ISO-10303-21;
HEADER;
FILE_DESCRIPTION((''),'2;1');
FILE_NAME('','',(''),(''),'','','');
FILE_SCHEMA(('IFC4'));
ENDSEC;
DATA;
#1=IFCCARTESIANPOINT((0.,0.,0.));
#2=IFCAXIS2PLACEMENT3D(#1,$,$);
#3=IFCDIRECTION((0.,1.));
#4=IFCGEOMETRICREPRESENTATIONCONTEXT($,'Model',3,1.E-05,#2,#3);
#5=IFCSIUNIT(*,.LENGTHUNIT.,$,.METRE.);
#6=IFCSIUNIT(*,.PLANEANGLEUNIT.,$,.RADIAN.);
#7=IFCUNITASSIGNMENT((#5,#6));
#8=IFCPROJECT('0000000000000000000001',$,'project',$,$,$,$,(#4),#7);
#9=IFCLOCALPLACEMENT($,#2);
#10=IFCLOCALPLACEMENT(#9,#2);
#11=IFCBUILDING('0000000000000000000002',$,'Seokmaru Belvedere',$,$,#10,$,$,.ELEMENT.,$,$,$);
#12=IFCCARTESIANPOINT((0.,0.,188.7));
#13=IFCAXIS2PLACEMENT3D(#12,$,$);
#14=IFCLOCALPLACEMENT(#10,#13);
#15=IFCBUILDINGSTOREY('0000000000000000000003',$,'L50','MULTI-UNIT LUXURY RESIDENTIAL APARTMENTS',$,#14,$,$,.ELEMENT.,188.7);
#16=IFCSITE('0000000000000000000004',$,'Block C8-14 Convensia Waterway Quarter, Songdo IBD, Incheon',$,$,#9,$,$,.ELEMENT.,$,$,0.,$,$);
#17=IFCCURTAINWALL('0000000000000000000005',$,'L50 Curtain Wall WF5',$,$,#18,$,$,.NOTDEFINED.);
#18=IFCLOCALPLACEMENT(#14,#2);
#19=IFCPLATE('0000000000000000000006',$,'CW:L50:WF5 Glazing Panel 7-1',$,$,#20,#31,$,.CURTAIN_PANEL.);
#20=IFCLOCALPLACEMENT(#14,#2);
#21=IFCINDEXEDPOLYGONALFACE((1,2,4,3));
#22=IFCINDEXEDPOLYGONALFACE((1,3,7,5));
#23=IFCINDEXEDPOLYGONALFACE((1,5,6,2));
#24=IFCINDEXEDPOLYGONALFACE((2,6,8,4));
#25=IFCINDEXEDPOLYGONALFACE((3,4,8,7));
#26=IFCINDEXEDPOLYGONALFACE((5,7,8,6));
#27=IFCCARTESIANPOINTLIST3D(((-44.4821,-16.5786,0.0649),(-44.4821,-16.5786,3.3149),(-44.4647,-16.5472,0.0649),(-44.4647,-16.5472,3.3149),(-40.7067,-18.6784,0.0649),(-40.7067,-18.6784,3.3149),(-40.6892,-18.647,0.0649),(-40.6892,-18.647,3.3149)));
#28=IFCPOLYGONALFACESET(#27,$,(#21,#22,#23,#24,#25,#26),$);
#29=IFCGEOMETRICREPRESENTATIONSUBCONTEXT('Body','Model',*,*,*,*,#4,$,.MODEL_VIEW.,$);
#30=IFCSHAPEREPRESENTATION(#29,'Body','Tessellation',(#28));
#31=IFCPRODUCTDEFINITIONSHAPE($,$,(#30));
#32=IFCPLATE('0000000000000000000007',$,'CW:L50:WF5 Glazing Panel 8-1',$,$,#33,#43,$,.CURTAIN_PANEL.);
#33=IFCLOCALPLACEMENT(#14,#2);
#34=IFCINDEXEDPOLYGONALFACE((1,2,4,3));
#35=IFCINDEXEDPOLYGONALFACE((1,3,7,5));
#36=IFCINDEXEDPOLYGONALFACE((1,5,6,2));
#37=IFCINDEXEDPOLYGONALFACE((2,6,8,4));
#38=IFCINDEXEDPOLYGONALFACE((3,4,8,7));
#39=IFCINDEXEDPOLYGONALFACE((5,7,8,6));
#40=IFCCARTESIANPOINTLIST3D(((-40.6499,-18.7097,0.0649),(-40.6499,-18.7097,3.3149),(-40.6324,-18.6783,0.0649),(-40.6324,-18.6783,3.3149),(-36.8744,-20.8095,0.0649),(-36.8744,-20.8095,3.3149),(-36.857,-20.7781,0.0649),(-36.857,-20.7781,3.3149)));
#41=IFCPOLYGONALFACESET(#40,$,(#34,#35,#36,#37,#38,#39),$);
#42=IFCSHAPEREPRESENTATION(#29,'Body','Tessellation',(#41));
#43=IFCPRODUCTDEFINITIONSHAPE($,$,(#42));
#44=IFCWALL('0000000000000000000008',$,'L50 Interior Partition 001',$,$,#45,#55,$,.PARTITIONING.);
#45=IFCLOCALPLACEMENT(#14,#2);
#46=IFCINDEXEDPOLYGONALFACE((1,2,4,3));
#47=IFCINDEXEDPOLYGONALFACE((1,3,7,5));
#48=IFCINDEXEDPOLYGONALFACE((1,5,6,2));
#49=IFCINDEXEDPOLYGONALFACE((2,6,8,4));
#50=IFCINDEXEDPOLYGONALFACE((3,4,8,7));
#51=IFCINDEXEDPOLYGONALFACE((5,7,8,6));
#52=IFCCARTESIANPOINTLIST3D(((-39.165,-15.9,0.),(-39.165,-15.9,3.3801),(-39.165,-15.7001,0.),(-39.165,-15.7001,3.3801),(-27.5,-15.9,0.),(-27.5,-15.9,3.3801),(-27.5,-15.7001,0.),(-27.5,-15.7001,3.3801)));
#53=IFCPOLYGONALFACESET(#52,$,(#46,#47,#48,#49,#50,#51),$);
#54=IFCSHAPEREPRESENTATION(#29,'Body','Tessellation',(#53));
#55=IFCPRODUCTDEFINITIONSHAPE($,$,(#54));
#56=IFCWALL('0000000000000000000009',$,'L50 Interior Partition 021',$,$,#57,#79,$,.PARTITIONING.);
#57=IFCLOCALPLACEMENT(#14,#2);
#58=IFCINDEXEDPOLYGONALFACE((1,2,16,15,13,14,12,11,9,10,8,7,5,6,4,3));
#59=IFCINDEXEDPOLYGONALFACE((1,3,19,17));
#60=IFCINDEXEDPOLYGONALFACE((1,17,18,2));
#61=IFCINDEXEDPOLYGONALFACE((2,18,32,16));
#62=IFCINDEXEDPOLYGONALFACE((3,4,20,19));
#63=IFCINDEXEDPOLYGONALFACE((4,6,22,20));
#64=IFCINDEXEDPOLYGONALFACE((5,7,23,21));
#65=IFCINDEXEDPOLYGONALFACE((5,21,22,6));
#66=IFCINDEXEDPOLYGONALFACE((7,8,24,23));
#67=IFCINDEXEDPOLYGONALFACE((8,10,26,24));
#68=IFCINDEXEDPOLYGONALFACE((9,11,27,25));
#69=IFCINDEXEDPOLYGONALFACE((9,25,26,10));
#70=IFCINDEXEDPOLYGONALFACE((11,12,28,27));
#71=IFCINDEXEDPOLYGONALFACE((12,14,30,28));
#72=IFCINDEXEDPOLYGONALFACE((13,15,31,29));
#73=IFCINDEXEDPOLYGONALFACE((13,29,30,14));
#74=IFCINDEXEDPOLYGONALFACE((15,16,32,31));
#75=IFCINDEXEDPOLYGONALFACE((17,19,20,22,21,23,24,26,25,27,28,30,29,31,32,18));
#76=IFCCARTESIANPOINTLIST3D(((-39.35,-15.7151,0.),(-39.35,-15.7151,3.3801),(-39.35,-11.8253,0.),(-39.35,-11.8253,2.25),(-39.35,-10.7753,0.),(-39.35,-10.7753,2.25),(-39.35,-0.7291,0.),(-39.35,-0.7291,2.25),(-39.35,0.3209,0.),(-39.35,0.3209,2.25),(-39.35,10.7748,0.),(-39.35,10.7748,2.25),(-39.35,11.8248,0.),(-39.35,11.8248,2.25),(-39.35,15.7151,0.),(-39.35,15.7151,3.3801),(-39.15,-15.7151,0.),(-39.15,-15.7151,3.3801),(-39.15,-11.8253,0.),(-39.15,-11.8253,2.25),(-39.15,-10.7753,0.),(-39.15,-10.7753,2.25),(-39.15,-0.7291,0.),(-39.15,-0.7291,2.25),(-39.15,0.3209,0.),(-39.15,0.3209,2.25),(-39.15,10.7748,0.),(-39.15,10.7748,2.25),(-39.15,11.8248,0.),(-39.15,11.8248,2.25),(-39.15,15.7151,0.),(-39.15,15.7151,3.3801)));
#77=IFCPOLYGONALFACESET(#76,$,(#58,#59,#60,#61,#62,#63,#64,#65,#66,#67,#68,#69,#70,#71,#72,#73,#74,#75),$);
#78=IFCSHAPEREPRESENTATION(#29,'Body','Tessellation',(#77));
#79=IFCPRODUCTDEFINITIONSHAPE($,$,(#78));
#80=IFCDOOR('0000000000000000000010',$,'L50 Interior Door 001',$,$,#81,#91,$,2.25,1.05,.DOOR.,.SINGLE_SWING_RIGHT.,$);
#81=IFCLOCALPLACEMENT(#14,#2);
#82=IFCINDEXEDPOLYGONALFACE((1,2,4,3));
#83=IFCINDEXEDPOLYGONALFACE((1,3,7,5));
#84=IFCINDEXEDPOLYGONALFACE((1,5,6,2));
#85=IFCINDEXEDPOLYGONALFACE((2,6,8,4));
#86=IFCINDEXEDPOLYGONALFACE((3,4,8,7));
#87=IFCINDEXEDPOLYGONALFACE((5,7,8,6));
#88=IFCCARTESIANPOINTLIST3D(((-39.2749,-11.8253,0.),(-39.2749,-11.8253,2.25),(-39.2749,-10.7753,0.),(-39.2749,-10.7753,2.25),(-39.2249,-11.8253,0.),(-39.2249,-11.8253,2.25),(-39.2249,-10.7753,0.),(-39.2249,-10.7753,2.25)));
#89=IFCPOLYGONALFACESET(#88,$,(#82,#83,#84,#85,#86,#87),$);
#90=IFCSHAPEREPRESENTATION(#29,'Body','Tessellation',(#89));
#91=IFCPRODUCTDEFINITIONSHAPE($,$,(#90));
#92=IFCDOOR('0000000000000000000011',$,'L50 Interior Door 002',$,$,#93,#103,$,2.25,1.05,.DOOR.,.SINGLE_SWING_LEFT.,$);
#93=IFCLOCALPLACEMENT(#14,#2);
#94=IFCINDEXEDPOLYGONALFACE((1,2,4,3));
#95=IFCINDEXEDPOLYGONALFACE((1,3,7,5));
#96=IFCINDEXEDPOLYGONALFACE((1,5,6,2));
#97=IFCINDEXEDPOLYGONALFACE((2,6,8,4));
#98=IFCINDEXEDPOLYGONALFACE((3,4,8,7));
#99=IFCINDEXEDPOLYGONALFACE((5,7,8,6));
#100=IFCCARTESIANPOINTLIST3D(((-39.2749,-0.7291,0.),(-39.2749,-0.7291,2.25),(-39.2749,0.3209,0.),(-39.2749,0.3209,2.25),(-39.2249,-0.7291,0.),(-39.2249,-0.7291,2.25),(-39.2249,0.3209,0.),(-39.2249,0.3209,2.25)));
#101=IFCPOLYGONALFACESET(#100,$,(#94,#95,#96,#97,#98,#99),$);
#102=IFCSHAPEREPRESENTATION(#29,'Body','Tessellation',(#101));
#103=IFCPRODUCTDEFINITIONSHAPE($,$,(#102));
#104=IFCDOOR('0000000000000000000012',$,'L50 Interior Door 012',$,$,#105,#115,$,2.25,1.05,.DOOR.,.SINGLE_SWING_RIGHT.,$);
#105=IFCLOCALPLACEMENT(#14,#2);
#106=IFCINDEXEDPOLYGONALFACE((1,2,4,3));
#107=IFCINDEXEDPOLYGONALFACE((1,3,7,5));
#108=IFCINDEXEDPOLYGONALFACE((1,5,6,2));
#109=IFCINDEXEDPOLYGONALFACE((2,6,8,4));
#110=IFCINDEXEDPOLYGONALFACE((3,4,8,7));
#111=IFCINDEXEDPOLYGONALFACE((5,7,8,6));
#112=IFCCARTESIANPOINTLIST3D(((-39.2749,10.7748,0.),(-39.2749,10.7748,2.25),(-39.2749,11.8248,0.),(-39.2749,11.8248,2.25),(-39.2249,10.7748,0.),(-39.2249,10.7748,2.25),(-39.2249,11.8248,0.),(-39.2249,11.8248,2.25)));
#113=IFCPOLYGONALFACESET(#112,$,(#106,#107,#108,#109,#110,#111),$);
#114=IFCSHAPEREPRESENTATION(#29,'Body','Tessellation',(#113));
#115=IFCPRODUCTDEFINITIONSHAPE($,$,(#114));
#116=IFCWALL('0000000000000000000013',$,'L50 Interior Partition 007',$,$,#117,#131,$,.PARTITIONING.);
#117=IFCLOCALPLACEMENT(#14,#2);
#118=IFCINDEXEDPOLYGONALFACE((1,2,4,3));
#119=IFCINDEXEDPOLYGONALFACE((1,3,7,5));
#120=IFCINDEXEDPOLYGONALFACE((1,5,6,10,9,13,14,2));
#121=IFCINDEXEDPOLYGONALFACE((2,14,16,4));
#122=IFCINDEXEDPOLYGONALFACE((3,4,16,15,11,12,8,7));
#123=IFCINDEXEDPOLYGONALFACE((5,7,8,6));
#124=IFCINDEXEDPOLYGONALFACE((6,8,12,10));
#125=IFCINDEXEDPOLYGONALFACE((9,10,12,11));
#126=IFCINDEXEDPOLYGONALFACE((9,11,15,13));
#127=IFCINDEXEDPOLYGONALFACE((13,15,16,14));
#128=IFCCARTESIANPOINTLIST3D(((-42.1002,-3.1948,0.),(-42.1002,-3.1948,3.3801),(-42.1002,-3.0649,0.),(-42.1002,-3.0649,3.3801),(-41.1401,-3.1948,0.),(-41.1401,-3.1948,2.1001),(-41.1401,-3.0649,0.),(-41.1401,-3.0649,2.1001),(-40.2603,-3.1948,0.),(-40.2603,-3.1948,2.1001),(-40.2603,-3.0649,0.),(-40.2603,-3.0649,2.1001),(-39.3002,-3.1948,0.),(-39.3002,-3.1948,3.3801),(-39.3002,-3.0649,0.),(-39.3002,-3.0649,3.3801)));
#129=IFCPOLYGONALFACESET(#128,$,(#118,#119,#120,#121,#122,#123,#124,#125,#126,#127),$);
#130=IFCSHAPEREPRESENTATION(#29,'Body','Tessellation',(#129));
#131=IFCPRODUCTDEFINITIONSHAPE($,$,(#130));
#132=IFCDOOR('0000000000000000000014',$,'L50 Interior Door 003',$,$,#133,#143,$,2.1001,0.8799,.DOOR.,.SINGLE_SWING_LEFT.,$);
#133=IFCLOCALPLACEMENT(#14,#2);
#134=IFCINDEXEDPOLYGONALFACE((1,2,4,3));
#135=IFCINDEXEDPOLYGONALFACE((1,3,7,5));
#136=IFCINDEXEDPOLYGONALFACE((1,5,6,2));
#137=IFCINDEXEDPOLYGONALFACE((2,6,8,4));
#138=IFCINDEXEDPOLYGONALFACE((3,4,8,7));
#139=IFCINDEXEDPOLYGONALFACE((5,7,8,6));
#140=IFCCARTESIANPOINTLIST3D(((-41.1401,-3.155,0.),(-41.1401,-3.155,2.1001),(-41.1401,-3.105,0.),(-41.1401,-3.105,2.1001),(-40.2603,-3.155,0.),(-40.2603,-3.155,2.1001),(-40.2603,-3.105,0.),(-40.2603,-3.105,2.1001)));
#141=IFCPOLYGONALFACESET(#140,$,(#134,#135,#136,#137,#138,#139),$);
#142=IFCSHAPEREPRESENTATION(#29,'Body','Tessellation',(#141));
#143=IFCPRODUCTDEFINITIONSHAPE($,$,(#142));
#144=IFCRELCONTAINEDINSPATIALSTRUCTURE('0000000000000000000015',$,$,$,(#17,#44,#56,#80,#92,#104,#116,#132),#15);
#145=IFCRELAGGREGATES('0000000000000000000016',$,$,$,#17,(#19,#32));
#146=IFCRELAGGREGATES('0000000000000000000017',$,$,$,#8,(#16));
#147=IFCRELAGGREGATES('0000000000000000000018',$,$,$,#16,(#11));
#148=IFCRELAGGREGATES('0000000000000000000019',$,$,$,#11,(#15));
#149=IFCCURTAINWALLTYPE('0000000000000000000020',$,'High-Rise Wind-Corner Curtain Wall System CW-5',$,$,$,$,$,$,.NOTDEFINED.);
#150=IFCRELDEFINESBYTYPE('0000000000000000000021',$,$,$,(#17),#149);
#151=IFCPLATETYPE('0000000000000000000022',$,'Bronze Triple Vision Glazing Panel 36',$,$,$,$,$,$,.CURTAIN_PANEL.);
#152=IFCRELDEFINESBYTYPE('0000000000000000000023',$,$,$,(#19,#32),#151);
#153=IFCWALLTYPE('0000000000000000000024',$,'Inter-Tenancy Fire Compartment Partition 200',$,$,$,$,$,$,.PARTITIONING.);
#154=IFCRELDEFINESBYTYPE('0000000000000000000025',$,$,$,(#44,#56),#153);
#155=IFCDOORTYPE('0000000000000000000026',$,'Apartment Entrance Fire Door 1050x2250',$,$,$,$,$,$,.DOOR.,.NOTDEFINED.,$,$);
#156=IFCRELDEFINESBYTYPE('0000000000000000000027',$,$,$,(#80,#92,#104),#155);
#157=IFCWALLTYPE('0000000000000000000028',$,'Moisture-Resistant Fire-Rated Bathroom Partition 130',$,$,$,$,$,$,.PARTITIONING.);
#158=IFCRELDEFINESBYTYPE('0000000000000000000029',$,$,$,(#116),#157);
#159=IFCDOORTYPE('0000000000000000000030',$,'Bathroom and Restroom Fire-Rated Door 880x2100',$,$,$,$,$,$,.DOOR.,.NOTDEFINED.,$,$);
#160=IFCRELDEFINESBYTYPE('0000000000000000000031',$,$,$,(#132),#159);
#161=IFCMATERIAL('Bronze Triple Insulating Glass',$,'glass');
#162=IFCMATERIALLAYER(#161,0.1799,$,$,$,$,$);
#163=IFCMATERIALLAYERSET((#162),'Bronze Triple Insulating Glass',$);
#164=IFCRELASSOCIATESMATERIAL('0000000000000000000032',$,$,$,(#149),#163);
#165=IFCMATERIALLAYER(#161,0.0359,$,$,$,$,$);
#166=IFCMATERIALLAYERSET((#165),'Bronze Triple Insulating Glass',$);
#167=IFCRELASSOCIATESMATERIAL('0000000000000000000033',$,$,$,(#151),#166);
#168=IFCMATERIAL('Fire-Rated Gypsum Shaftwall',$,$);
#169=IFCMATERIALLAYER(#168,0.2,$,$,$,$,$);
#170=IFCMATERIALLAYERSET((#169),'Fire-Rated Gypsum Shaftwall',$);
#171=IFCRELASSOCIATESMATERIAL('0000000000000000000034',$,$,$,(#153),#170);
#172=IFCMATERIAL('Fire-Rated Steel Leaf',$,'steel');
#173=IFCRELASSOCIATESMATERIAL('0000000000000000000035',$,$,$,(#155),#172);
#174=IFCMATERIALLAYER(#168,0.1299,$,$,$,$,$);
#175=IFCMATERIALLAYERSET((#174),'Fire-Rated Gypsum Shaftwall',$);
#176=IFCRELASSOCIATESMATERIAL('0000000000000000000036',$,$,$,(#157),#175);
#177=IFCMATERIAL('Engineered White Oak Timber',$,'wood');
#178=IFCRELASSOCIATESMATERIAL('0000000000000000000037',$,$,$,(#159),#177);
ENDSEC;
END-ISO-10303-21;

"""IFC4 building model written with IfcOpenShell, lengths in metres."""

from ifc_helpers import new_model, si_unit, direction, frame, frame_2d, origin, origin_2d, place, context, subcontext, project, spatial, rectangle, extrude, source, transform, mapped, material, layer, layer_set, type_object, type_shapes, element, fill, aggregate, save


model = new_model("IFC4")

# Units and contexts
model_context = context("Model", 3, precision=1e-05, world=origin(), true_north=direction((0.0, 1.0)))
body_context = subcontext(model_context, "Body", "Model", "MODEL_VIEW")
ifc_project = project(units=[si_unit("LENGTHUNIT", "METRE"), si_unit("PLANEANGLEUNIT", "RADIAN")], contexts=[model_context])

# Site, building, storey
site_placement = place(None, origin())
site = spatial("IfcSite", under=ifc_project, at=site_placement, Name="Block C8-14 Convensia Waterway Quarter, Songdo IBD, Incheon", CompositionType="ELEMENT", RefElevation=0.0)
building_placement = place(site_placement, origin())
building = spatial("IfcBuilding", under=site, at=building_placement, Name="Seokmaru Belvedere", CompositionType="ELEMENT")
storey_placement = place(building_placement, frame((0.0, 0.0, 188.7)))
storey = spatial("IfcBuildingStorey", under=building, at=storey_placement, Name="L50", Description="MULTI-UNIT LUXURY RESIDENTIAL APARTMENTS", CompositionType="ELEMENT", Elevation=188.7)

# Curtain wall, plates
ifc_material_1 = material(Name="Bronze Triple Insulating Glass", Category="glass")
ifc_layer_1 = layer(ifc_material_1, 0.1799)
ifc_layer_set_1 = layer_set([ifc_layer_1], Name="Bronze Triple Insulating Glass")
curtain_wall_type = type_object("IfcCurtainWallType", Name="High-Rise Wind-Corner Curtain Wall System CW-5", PredefinedType="NOTDEFINED", material=ifc_layer_set_1)
curtain_wall_placement = place(storey_placement, origin())
curtain_wall = element("IfcCurtainWall", 1, at=curtain_wall_placement, inside=storey, type_object=curtain_wall_type, Name="L50 Curtain Wall WF5", PredefinedType="NOTDEFINED")
ifc_layer_2 = layer(ifc_material_1, 0.0359)
ifc_layer_set_2 = layer_set([ifc_layer_2], Name="Bronze Triple Insulating Glass")
plate_type = type_object("IfcPlateType", Name="Bronze Triple Vision Glazing Panel 36", PredefinedType="CURTAIN_PANEL", material=ifc_layer_set_2)
shared_shape_1 = source(origin(), body_context, "Body", "SweptSolid", [
    extrude(rectangle(XDim=4.3201, YDim=0.0359, at=origin_2d()), origin(), (0.0, 0.0, 1.0), 3.25),
])
type_shapes(plate_type, [shared_shape_1])
plate_1_placement = place(storey_placement, frame((-42.5857, -17.6128, 0.0649), z_axis=(0.0, 0.0, 1.0), x_axis=(0.873933, -0.486047, 0.0)))
plate_1 = element("IfcPlate", 2, at=plate_1_placement, type_object=plate_type, Name="CW:L50:WF5 Glazing Panel 7-1", PredefinedType="CURTAIN_PANEL", context=body_context, shape_type="MappedRepresentation", body=[
    mapped(shared_shape_1, transform((0.0, 0.0, 0.0), scale=1.0)),
])
plate_2_placement = place(storey_placement, frame((-38.7534, -19.7439, 0.0649), z_axis=(0.0, 0.0, 1.0), x_axis=(0.873933, -0.486047, 0.0)))
plate_2 = element("IfcPlate", 3, at=plate_2_placement, type_object=plate_type, Name="CW:L50:WF5 Glazing Panel 8-1", PredefinedType="CURTAIN_PANEL", context=body_context, shape_type="MappedRepresentation", body=[
    mapped(shared_shape_1, transform((0.0, 0.0, 0.0), scale=1.0)),
])
aggregate(curtain_wall, [plate_1, plate_2])

# Wall
ifc_material_2 = material(Name="Fire-Rated Gypsum Shaftwall")
ifc_layer_3 = layer(ifc_material_2, 0.2)
ifc_layer_set_3 = layer_set([ifc_layer_3], Name="Fire-Rated Gypsum Shaftwall")
wall_type_1 = type_object("IfcWallType", Name="Inter-Tenancy Fire Compartment Partition 200", PredefinedType="PARTITIONING", material=ifc_layer_set_3)
wall_1_placement = place(storey_placement, frame((-39.165, -15.8, 0.0), z_axis=(0.0, 0.0, 1.0), x_axis=(1.0, 0.0, 0.0)))
element("IfcWall", 4, at=wall_1_placement, inside=storey, type_object=wall_type_1, Name="L50 Interior Partition 001", PredefinedType="PARTITIONING", context=body_context, shape_type="SweptSolid", body=[
    extrude(rectangle(XDim=11.665, YDim=0.2, at=frame_2d((5.8325, 0.0))), origin(), (0.0, 0.0, 1.0), 3.3801),
])

# Wall, openings, doors
wall_2_placement = place(storey_placement, frame((-39.25, -15.7151, 0.0), z_axis=(0.0, 0.0, 1.0), x_axis=(0.0, 1.0, 0.0)))
wall_2 = element("IfcWall", 5, at=wall_2_placement, inside=storey, type_object=wall_type_1, Name="L50 Interior Partition 021", PredefinedType="PARTITIONING", context=body_context, shape_type="SweptSolid", body=[
    extrude(rectangle(XDim=31.4302, YDim=0.2, at=frame_2d((15.7151, 0.0))), origin(), (0.0, 0.0, 1.0), 3.3801),
])
opening_1_placement = place(wall_2_placement, frame((3.8899, 0.0, 0.0)))
opening_1 = element("IfcOpeningElement", 6, at=opening_1_placement, cuts=wall_2, PredefinedType="OPENING", context=body_context, shape_type="SweptSolid", body=[
    extrude(rectangle(XDim=1.05, YDim=2.25, at=frame_2d((0.5249, 1.125))), frame((0.0, 0.1099, 0.0), z_axis=(0.0, -1.0, 0.0), x_axis=(1.0, 0.0, 0.0)), (0.0, 0.0, 1.0), 0.22),
])
opening_2_placement = place(wall_2_placement, frame((14.9861, 0.0, 0.0)))
opening_2 = element("IfcOpeningElement", 7, at=opening_2_placement, cuts=wall_2, PredefinedType="OPENING", context=body_context, shape_type="SweptSolid", body=[
    extrude(rectangle(XDim=1.05, YDim=2.25, at=frame_2d((0.5249, 1.125))), frame((0.0, 0.1099, 0.0), z_axis=(0.0, -1.0, 0.0), x_axis=(1.0, 0.0, 0.0)), (0.0, 0.0, 1.0), 0.22),
])
opening_3_placement = place(wall_2_placement, frame((26.49, 0.0, 0.0)))
opening_3 = element("IfcOpeningElement", 8, at=opening_3_placement, cuts=wall_2, PredefinedType="OPENING", context=body_context, shape_type="SweptSolid", body=[
    extrude(rectangle(XDim=1.05, YDim=2.25, at=frame_2d((0.5249, 1.125))), frame((0.0, 0.1099, 0.0), z_axis=(0.0, -1.0, 0.0), x_axis=(1.0, 0.0, 0.0)), (0.0, 0.0, 1.0), 0.22),
])
ifc_material_3 = material(Name="Fire-Rated Steel Leaf", Category="steel")
door_type_1 = type_object("IfcDoorType", Name="Apartment Entrance Fire Door 1050x2250", OperationType="NOTDEFINED", PredefinedType="DOOR", material=ifc_material_3)
shared_shape_2 = source(origin(), body_context, "Body", "SweptSolid", [
    extrude(rectangle(XDim=1.05, YDim=2.25, at=frame_2d((0.5249, 1.125))), frame((0.0, 0.0249, 0.0), z_axis=(0.0, -1.0, 0.0), x_axis=(1.0, 0.0, 0.0)), (0.0, 0.0, 1.0), 0.05),
])
type_shapes(door_type_1, [shared_shape_2])
door_1_placement = place(opening_1_placement, origin())
door_1 = element("IfcDoor", 9, at=door_1_placement, inside=storey, type_object=door_type_1, Name="L50 Interior Door 001", OperationType="SINGLE_SWING_RIGHT", OverallHeight=2.25, OverallWidth=1.05, PredefinedType="DOOR", context=body_context, shape_type="MappedRepresentation", body=[
    mapped(shared_shape_2, transform((0.0, 0.0, 0.0), scale=1.0)),
])
fill(opening_1, door_1)
door_2_placement = place(opening_2_placement, origin())
door_2 = element("IfcDoor", 10, at=door_2_placement, inside=storey, type_object=door_type_1, Name="L50 Interior Door 002", OperationType="SINGLE_SWING_LEFT", OverallHeight=2.25, OverallWidth=1.05, PredefinedType="DOOR", context=body_context, shape_type="MappedRepresentation", body=[
    mapped(shared_shape_2, transform((0.0, 0.0, 0.0), scale=1.0)),
])
fill(opening_2, door_2)
door_3_placement = place(opening_3_placement, origin())
door_3 = element("IfcDoor", 11, at=door_3_placement, inside=storey, type_object=door_type_1, Name="L50 Interior Door 012", OperationType="SINGLE_SWING_RIGHT", OverallHeight=2.25, OverallWidth=1.05, PredefinedType="DOOR", context=body_context, shape_type="MappedRepresentation", body=[
    mapped(shared_shape_2, transform((0.0, 0.0, 0.0), scale=1.0)),
])
fill(opening_3, door_3)

# Wall, opening, door
ifc_layer_4 = layer(ifc_material_2, 0.1299)
ifc_layer_set_4 = layer_set([ifc_layer_4], Name="Fire-Rated Gypsum Shaftwall")
wall_type_2 = type_object("IfcWallType", Name="Moisture-Resistant Fire-Rated Bathroom Partition 130", PredefinedType="PARTITIONING", material=ifc_layer_set_4)
wall_3_placement = place(storey_placement, frame((-42.1001, -3.1299, 0.0), z_axis=(0.0, 0.0, 1.0), x_axis=(1.0, 0.0, 0.0)))
wall_3 = element("IfcWall", 12, at=wall_3_placement, inside=storey, type_object=wall_type_2, Name="L50 Interior Partition 007", PredefinedType="PARTITIONING", context=body_context, shape_type="SweptSolid", body=[
    extrude(rectangle(XDim=2.8, YDim=0.1299, at=frame_2d((1.3999, 0.0))), origin(), (0.0, 0.0, 1.0), 3.3801),
])
opening_4_placement = place(wall_3_placement, frame((0.96, 0.0, 0.0)))
opening_4 = element("IfcOpeningElement", 13, at=opening_4_placement, cuts=wall_3, PredefinedType="OPENING", context=body_context, shape_type="SweptSolid", body=[
    extrude(rectangle(XDim=0.8799, YDim=2.1001, at=frame_2d((0.4399, 1.05))), frame((0.0, 0.075, 0.0), z_axis=(0.0, -1.0, 0.0), x_axis=(1.0, 0.0, 0.0)), (0.0, 0.0, 1.0), 0.1499),
])
ifc_material_4 = material(Name="Engineered White Oak Timber", Category="wood")
door_type_2 = type_object("IfcDoorType", Name="Bathroom and Restroom Fire-Rated Door 880x2100", OperationType="NOTDEFINED", PredefinedType="DOOR", material=ifc_material_4)
shared_shape_3 = source(origin(), body_context, "Body", "SweptSolid", [
    extrude(rectangle(XDim=0.8799, YDim=2.1001, at=frame_2d((0.4399, 1.05))), frame((0.0, 0.0249, 0.0), z_axis=(0.0, -1.0, 0.0), x_axis=(1.0, 0.0, 0.0)), (0.0, 0.0, 1.0), 0.05),
])
type_shapes(door_type_2, [shared_shape_3])
door_4_placement = place(opening_4_placement, origin())
door_4 = element("IfcDoor", 14, at=door_4_placement, inside=storey, type_object=door_type_2, Name="L50 Interior Door 003", OperationType="SINGLE_SWING_LEFT", OverallHeight=2.1001, OverallWidth=0.8799, PredefinedType="DOOR", context=body_context, shape_type="MappedRepresentation", body=[
    mapped(shared_shape_3, transform((0.0, 0.0, 0.0), scale=1.0)),
])
fill(opening_4, door_4)

save(model, "model.ifc")
